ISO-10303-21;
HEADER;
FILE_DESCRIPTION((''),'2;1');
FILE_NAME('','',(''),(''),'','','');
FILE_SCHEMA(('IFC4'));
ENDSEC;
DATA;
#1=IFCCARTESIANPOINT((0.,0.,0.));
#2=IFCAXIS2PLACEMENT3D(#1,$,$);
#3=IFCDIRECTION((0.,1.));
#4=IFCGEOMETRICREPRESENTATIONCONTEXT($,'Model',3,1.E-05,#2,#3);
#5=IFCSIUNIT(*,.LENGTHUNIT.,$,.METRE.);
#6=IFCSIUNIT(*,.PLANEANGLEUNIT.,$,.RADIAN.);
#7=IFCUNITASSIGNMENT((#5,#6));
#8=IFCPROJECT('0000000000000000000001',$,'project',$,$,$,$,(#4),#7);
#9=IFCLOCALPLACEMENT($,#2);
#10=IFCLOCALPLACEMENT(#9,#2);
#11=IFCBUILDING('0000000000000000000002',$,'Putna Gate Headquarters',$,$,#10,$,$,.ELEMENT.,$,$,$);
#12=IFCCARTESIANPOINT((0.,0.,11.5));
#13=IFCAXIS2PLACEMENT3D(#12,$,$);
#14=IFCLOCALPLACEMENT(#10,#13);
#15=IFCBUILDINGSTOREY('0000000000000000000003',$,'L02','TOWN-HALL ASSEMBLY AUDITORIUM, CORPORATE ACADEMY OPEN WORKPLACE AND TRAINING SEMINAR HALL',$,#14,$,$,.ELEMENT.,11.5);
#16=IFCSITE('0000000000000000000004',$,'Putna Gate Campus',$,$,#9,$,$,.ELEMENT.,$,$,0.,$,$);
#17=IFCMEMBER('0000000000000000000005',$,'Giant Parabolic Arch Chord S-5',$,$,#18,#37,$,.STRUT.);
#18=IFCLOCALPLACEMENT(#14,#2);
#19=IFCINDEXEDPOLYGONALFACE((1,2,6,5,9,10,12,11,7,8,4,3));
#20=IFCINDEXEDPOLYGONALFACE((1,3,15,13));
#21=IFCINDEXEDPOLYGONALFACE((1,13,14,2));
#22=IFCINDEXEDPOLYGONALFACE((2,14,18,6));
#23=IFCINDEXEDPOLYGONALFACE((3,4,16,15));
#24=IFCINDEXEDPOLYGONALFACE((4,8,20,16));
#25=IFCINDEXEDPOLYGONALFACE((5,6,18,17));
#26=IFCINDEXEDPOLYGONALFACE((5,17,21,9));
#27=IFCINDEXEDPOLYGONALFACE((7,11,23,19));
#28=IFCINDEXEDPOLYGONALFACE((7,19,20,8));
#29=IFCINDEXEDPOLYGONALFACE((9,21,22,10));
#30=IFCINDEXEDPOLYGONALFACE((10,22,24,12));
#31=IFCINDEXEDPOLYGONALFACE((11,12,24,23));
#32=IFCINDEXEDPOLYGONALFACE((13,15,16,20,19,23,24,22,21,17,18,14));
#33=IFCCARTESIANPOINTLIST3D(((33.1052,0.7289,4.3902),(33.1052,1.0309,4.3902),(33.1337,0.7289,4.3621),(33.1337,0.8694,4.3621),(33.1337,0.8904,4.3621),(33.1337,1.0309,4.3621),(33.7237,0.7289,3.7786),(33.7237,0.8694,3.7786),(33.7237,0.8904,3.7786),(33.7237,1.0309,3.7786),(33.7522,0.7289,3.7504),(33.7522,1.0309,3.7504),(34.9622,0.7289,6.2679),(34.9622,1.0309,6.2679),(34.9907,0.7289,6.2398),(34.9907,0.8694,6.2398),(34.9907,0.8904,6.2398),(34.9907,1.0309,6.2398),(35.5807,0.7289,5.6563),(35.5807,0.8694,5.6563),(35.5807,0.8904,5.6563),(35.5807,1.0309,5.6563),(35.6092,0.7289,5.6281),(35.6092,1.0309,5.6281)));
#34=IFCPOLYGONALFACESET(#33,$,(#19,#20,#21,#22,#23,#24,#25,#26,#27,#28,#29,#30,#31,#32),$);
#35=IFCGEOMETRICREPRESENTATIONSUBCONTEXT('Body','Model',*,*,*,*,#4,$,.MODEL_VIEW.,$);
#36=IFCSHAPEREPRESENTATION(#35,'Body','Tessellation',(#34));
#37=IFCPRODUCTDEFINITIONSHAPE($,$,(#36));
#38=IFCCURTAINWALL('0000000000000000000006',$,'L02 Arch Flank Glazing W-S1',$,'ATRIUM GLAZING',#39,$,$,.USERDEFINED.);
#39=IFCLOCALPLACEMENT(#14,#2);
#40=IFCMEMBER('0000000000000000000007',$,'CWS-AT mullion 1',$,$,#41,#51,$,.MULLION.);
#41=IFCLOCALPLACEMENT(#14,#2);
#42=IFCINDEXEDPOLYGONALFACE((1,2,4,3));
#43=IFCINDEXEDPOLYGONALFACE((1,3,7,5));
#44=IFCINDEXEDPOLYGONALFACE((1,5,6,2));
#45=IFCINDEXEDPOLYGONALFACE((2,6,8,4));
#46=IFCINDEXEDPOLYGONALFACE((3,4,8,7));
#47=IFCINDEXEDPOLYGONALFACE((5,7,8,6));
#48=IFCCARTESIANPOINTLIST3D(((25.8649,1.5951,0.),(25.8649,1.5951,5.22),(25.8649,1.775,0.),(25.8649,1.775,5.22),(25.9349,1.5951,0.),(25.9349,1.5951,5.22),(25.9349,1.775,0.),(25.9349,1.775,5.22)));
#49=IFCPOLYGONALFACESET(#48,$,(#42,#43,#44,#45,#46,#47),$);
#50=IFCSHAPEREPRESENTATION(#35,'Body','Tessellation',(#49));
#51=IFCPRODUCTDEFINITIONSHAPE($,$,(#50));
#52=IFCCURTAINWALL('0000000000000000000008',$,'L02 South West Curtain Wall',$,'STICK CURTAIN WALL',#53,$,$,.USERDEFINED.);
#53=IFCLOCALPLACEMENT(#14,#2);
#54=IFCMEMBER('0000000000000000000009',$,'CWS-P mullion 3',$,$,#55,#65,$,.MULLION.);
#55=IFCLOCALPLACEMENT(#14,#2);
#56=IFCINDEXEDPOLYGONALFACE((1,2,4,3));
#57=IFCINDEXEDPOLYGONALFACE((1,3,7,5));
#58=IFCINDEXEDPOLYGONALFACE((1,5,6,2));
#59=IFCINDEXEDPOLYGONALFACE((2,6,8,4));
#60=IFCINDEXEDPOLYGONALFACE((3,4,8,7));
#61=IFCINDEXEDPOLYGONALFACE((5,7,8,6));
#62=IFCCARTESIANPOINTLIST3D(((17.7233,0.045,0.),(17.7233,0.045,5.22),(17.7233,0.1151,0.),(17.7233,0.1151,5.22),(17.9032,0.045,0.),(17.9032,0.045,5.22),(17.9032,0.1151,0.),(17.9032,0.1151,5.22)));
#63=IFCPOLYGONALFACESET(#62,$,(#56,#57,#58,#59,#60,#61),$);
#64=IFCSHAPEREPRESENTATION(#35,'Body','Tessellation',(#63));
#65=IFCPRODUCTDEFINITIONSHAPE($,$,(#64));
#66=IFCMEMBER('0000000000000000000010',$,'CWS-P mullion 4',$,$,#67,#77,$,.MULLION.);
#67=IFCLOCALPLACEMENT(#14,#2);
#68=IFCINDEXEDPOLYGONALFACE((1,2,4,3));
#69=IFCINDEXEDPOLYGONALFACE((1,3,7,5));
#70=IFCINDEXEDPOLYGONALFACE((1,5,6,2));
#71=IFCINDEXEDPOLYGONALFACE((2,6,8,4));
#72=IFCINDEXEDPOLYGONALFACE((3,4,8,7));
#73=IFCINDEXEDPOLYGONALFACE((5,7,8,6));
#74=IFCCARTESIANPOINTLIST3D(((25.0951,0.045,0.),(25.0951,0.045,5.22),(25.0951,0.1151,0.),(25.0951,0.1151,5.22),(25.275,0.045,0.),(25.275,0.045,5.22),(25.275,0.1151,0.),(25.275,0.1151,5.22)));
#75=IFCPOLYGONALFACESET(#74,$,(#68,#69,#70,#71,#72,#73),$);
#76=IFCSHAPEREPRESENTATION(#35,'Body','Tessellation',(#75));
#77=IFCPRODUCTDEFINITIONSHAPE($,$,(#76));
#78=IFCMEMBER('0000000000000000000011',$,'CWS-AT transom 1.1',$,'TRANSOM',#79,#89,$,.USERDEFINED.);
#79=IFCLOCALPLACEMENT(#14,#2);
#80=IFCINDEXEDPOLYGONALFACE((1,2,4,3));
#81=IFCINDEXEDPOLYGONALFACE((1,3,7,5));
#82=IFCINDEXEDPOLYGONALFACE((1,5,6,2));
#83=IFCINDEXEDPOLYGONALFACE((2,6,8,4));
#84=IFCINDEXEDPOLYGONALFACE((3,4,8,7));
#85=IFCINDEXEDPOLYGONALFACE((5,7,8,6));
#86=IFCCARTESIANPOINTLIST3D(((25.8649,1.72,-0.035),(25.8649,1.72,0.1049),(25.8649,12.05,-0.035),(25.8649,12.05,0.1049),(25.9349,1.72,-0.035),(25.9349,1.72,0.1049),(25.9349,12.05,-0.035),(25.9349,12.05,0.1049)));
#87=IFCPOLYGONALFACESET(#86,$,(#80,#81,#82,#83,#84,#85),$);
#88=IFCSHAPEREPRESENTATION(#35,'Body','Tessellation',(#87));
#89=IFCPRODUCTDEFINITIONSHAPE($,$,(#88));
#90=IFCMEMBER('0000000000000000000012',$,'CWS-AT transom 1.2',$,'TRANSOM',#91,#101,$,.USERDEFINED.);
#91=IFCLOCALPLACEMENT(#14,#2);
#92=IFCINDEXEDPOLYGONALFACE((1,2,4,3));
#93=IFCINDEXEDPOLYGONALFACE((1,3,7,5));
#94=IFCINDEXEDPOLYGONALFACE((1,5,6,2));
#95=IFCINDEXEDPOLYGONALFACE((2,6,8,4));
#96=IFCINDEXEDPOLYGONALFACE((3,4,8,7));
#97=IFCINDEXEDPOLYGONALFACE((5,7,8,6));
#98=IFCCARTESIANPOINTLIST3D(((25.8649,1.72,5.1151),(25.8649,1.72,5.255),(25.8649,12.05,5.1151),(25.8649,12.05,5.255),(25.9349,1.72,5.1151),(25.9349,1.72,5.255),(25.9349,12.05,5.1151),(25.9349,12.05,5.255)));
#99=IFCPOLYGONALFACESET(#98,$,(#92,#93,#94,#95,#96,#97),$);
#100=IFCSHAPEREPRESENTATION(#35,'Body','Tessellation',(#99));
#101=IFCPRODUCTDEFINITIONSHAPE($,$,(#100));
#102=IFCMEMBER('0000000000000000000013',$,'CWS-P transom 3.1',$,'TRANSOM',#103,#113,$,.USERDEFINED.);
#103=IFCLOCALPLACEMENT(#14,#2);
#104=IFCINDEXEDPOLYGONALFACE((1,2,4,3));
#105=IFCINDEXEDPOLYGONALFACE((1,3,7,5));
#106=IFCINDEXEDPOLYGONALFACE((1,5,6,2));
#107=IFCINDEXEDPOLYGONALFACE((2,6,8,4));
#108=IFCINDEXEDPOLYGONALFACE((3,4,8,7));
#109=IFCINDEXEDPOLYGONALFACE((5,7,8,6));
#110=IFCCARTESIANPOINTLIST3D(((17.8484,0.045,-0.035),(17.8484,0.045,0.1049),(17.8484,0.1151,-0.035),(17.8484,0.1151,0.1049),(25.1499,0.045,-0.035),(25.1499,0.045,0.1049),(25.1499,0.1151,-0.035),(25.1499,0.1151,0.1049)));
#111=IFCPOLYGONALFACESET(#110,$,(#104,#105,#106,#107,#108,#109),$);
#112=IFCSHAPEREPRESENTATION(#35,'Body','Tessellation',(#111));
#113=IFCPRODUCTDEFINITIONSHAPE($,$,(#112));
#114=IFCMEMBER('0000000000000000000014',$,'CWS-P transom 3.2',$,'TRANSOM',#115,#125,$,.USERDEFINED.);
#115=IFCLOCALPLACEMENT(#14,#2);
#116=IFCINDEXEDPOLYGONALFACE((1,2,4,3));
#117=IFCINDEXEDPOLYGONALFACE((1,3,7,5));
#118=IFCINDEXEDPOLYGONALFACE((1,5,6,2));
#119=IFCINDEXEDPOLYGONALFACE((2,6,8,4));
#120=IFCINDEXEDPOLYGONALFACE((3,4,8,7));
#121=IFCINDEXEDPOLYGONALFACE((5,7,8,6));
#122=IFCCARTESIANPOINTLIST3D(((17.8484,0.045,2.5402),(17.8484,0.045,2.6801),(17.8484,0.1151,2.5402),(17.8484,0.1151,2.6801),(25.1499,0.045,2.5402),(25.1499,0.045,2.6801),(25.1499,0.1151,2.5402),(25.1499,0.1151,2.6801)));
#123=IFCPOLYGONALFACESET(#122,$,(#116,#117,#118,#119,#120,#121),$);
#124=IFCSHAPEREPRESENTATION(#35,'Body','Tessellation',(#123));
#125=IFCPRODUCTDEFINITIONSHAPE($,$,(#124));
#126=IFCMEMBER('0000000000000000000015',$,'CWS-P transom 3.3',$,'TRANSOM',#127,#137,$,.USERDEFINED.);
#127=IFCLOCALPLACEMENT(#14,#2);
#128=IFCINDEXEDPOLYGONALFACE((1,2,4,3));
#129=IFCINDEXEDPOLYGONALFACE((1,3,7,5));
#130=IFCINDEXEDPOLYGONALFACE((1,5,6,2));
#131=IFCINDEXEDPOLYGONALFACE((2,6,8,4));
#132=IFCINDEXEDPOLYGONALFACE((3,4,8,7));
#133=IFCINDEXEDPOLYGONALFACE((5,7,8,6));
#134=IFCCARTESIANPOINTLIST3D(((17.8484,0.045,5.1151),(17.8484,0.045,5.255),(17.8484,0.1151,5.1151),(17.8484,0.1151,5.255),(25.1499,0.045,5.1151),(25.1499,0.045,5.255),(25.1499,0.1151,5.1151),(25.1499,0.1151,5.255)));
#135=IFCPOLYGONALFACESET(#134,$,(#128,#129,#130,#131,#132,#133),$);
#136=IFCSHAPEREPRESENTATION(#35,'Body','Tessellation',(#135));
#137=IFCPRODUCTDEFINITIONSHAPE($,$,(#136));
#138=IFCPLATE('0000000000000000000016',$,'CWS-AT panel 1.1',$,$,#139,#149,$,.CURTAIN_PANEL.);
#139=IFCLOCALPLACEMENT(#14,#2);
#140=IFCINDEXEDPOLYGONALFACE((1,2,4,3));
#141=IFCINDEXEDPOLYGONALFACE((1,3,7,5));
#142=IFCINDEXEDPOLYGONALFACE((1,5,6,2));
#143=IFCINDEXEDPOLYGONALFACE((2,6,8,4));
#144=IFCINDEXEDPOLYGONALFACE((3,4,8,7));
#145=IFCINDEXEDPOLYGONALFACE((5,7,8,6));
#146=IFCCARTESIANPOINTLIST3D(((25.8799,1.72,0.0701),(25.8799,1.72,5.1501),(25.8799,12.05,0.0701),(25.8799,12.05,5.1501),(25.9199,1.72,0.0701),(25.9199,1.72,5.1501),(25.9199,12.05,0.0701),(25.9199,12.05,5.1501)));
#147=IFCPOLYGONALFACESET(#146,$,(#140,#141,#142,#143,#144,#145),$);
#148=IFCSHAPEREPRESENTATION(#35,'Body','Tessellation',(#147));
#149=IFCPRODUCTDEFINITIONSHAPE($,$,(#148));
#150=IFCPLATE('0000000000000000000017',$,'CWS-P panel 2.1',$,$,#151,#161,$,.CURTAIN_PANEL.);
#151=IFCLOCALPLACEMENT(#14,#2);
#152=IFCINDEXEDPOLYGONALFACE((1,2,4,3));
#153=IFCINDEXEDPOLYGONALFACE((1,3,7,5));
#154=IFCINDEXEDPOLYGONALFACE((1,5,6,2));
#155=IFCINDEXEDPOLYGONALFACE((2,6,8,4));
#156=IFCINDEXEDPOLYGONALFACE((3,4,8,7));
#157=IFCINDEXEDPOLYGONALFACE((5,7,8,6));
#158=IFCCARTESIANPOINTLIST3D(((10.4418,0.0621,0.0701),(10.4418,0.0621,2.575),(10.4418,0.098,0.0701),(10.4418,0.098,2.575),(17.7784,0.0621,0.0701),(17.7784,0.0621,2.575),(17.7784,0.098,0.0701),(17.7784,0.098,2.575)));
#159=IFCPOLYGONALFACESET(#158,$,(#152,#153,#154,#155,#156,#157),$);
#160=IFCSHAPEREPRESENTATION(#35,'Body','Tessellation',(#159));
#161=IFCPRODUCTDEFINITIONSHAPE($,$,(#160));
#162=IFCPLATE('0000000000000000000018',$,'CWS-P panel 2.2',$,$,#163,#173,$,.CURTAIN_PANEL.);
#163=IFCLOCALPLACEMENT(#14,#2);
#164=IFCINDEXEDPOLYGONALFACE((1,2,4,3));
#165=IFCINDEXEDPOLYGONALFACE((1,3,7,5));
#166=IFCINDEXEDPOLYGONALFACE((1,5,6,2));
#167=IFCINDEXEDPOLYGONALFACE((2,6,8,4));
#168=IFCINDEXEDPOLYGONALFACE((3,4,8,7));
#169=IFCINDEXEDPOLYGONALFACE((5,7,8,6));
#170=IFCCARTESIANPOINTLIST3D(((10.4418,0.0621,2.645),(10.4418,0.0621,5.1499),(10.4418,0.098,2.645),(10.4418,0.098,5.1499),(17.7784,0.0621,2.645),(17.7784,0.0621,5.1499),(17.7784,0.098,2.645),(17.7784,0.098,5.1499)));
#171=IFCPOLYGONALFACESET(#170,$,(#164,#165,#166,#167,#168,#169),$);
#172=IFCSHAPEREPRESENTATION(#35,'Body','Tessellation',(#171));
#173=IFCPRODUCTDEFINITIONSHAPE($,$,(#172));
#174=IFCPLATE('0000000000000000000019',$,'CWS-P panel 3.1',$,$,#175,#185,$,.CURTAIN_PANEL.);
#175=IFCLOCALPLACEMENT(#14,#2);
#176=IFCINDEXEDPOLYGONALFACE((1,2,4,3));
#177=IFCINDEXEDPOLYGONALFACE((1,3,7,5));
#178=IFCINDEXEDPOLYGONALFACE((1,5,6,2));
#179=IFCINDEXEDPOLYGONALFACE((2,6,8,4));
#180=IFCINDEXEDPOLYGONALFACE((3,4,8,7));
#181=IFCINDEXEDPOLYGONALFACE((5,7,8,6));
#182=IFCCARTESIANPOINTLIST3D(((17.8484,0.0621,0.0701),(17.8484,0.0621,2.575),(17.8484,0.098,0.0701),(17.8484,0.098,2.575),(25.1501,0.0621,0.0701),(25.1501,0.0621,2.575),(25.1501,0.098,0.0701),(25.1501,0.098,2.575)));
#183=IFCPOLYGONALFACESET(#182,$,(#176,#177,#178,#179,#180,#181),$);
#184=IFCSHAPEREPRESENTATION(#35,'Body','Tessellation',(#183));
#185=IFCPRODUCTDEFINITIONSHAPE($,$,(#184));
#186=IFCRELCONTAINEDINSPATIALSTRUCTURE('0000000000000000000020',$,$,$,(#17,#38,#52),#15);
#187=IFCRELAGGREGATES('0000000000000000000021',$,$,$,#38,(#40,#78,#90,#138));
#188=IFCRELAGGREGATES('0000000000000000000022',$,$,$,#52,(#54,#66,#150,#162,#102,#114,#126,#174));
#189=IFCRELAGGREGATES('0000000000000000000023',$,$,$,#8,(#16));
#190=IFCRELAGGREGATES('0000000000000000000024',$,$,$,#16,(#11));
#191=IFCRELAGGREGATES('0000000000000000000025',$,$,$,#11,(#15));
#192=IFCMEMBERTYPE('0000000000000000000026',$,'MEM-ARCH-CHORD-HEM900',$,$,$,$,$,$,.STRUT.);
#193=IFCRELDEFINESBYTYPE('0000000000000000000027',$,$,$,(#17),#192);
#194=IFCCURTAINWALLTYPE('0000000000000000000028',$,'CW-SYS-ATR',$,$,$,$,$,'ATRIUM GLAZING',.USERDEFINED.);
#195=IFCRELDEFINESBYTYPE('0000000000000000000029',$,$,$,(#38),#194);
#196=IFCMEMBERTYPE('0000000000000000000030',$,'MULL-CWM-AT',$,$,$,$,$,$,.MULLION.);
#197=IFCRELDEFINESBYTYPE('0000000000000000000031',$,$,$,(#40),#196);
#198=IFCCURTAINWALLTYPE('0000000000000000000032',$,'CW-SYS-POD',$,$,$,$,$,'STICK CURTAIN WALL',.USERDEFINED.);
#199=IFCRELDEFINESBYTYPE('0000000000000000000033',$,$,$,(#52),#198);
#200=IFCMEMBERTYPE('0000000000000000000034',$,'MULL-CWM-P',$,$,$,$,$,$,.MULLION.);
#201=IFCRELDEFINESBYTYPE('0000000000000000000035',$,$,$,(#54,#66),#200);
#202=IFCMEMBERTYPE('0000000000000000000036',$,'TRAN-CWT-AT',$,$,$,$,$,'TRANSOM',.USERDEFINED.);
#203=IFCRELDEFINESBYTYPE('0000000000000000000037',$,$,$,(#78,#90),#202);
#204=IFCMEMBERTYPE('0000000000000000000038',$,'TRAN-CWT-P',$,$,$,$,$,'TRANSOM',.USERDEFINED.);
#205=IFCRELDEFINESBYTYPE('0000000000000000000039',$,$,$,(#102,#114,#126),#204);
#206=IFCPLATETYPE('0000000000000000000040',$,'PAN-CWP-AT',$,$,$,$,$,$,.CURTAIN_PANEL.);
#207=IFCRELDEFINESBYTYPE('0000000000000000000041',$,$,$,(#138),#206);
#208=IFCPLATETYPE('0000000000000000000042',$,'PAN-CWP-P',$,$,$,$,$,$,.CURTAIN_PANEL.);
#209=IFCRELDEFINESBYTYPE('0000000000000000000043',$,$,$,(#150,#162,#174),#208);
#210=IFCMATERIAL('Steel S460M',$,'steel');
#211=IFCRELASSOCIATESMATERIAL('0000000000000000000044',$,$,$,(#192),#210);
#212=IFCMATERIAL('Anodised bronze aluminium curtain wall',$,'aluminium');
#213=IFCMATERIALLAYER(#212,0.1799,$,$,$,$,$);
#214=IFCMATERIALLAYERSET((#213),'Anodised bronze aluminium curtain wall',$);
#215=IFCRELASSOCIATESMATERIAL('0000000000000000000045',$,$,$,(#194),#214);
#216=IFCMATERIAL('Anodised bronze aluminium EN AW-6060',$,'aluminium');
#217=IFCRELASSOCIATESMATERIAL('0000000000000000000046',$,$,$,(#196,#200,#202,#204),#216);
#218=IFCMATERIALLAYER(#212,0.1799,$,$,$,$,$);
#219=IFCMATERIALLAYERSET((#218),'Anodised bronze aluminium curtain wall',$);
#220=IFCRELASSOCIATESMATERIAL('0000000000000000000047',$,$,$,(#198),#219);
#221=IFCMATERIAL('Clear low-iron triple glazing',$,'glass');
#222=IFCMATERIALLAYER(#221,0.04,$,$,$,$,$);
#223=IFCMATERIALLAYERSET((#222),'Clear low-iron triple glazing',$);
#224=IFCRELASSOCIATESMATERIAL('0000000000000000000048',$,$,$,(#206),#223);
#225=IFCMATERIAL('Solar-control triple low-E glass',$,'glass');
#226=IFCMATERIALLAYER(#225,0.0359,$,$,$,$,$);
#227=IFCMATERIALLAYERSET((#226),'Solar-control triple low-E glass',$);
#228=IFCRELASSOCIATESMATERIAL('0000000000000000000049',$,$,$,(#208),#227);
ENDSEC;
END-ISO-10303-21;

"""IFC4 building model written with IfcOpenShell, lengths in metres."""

from ifc_helpers import new_model, si_unit, direction, frame, origin, origin_2d, place, context, subcontext, project, spatial, rectangle, i_section, extrude, material, layer, layer_set, material_profile, profile_set, type_object, element, aggregate, save


model = new_model("IFC4")

# Units and contexts
model_context = context("Model", 3, precision=1e-05, world=origin(), true_north=direction((0.0, 1.0)))
body_context = subcontext(model_context, "Body", "Model", "MODEL_VIEW")
ifc_project = project(units=[si_unit("LENGTHUNIT", "METRE"), si_unit("PLANEANGLEUNIT", "RADIAN")], contexts=[model_context])

# Site, building, storey
site_placement = place(None, origin())
site = spatial("IfcSite", under=ifc_project, at=site_placement, Name="Putna Gate Campus", CompositionType="ELEMENT", RefElevation=0.0)
building_placement = place(site_placement, origin())
building = spatial("IfcBuilding", under=site, at=building_placement, Name="Putna Gate Headquarters", CompositionType="ELEMENT")
storey_placement = place(building_placement, frame((0.0, 0.0, 11.5)))
storey = spatial("IfcBuildingStorey", under=building, at=storey_placement, Name="L02", Description="TOWN-HALL ASSEMBLY AUDITORIUM, CORPORATE ACADEMY OPEN WORKPLACE AND TRAINING SEMINAR HALL", CompositionType="ELEMENT", Elevation=11.5)

# Member
ifc_material_1 = material(Name="Steel S460M", Category="steel")
ifc_material_profile_1 = material_profile(ifc_material_1, i_section(OverallWidth=0.302, OverallDepth=0.9099, WebThickness=0.021, FlangeThickness=0.04, at=origin_2d()), Name="Steel S460M")
ifc_profile_set_1 = profile_set([ifc_material_profile_1], Name="Steel S460M")
member_type_1 = type_object("IfcMemberType", Name="MEM-ARCH-CHORD-HEM900", PredefinedType="STRUT", material=ifc_profile_set_1)
member_1_placement = place(storey_placement, frame((33.4287, 0.8799, 4.0703), z_axis=(0.703167, 0.0, 0.711025), x_axis=(0.0, 1.0, 0.0)))
element("IfcMember", 1, at=member_1_placement, inside=storey, type_object=member_type_1, Name="Giant Parabolic Arch Chord S-5", PredefinedType="STRUT", context=body_context, shape_type="SweptSolid", body=[
    extrude(i_section(OverallWidth=0.302, OverallDepth=0.9099, WebThickness=0.021, FlangeThickness=0.04, at=origin_2d()), origin(), (0.0, 0.0, 1.0), 2.6409),
])

# Curtain wall, member
ifc_material_2 = material(Name="Anodised bronze aluminium curtain wall", Category="aluminium")
ifc_layer_1 = layer(ifc_material_2, 0.1799)
ifc_layer_set_1 = layer_set([ifc_layer_1], Name="Anodised bronze aluminium curtain wall")
curtain_wall_type_1 = type_object("IfcCurtainWallType", Name="CW-SYS-ATR", ElementType="ATRIUM GLAZING", PredefinedType="USERDEFINED", material=ifc_layer_set_1)
curtain_wall_1_placement = place(storey_placement, origin())
curtain_wall_1 = element("IfcCurtainWall", 2, at=curtain_wall_1_placement, inside=storey, type_object=curtain_wall_type_1, Name="L02 Arch Flank Glazing W-S1", ObjectType="ATRIUM GLAZING", PredefinedType="USERDEFINED")
ifc_material_3 = material(Name="Anodised bronze aluminium EN AW-6060", Category="aluminium")
ifc_material_profile_2 = material_profile(ifc_material_3, rectangle(XDim=0.0701, YDim=0.1799, at=origin_2d()), Name="Anodised bronze aluminium EN AW-6060")
ifc_profile_set_2 = profile_set([ifc_material_profile_2], Name="Anodised bronze aluminium EN AW-6060")
member_type_2 = type_object("IfcMemberType", Name="MULL-CWM-AT", PredefinedType="MULLION", material=ifc_profile_set_2)
member_2_placement = place(storey_placement, frame((25.8999, 1.6851, 0.0), z_axis=(0.0, 0.0, 1.0), x_axis=(-1.0, 0.0, 0.0)))
member_2 = element("IfcMember", 3, at=member_2_placement, type_object=member_type_2, Name="CWS-AT mullion 1", PredefinedType="MULLION", context=body_context, shape_type="SweptSolid", body=[
    extrude(rectangle(XDim=0.0701, YDim=0.1799, at=origin_2d()), origin(), (0.0, 0.0, 1.0), 5.22),
])

# Curtain wall, members
ifc_layer_2 = layer(ifc_material_2, 0.1799)
ifc_layer_set_2 = layer_set([ifc_layer_2], Name="Anodised bronze aluminium curtain wall")
curtain_wall_type_2 = type_object("IfcCurtainWallType", Name="CW-SYS-POD", ElementType="STICK CURTAIN WALL", PredefinedType="USERDEFINED", material=ifc_layer_set_2)
curtain_wall_2_placement = place(storey_placement, origin())
curtain_wall_2 = element("IfcCurtainWall", 4, at=curtain_wall_2_placement, inside=storey, type_object=curtain_wall_type_2, Name="L02 South West Curtain Wall", ObjectType="STICK CURTAIN WALL", PredefinedType="USERDEFINED")
ifc_material_profile_3 = material_profile(ifc_material_3, rectangle(XDim=0.0701, YDim=0.1799, at=origin_2d()), Name="Anodised bronze aluminium EN AW-6060")
ifc_profile_set_3 = profile_set([ifc_material_profile_3], Name="Anodised bronze aluminium EN AW-6060")
member_type_3 = type_object("IfcMemberType", Name="MULL-CWM-P", PredefinedType="MULLION", material=ifc_profile_set_3)
member_3_placement = place(storey_placement, frame((17.8132, 0.0801, 0.0), z_axis=(0.0, 0.0, 1.0), x_axis=(0.0, 1.0, 0.0)))
member_3 = element("IfcMember", 5, at=member_3_placement, type_object=member_type_3, Name="CWS-P mullion 3", PredefinedType="MULLION", context=body_context, shape_type="SweptSolid", body=[
    extrude(rectangle(XDim=0.0701, YDim=0.1799, at=origin_2d()), origin(), (0.0, 0.0, 1.0), 5.22),
])
member_4_placement = place(storey_placement, frame((25.1851, 0.0801, 0.0), z_axis=(0.0, 0.0, 1.0), x_axis=(0.0, 1.0, 0.0)))
member_4 = element("IfcMember", 6, at=member_4_placement, type_object=member_type_3, Name="CWS-P mullion 4", PredefinedType="MULLION", context=body_context, shape_type="SweptSolid", body=[
    extrude(rectangle(XDim=0.0701, YDim=0.1799, at=origin_2d()), origin(), (0.0, 0.0, 1.0), 5.22),
])

# Members
ifc_material_profile_4 = material_profile(ifc_material_3, rectangle(XDim=0.0701, YDim=0.1399, at=origin_2d()), Name="Anodised bronze aluminium EN AW-6060")
ifc_profile_set_4 = profile_set([ifc_material_profile_4], Name="Anodised bronze aluminium EN AW-6060")
member_type_4 = type_object("IfcMemberType", Name="TRAN-CWT-AT", ElementType="TRANSOM", PredefinedType="USERDEFINED", material=ifc_profile_set_4)
member_5_placement = place(storey_placement, frame((25.8999, 1.72, 0.0349), z_axis=(0.0, 1.0, 0.0), x_axis=(-1.0, 0.0, 0.0)))
member_5 = element("IfcMember", 7, at=member_5_placement, type_object=member_type_4, Name="CWS-AT transom 1.1", ObjectType="TRANSOM", PredefinedType="USERDEFINED", context=body_context, shape_type="SweptSolid", body=[
    extrude(rectangle(XDim=0.0701, YDim=0.1399, at=origin_2d()), origin(), (0.0, 0.0, 1.0), 10.3301),
])
member_6_placement = place(storey_placement, frame((25.8999, 1.72, 5.1851), z_axis=(0.0, 1.0, 0.0), x_axis=(-1.0, 0.0, 0.0)))
member_6 = element("IfcMember", 8, at=member_6_placement, type_object=member_type_4, Name="CWS-AT transom 1.2", ObjectType="TRANSOM", PredefinedType="USERDEFINED", context=body_context, shape_type="SweptSolid", body=[
    extrude(rectangle(XDim=0.0701, YDim=0.1399, at=origin_2d()), origin(), (0.0, 0.0, 1.0), 10.3301),
])
ifc_material_profile_5 = material_profile(ifc_material_3, rectangle(XDim=0.0701, YDim=0.1399, at=origin_2d()), Name="Anodised bronze aluminium EN AW-6060")
ifc_profile_set_5 = profile_set([ifc_material_profile_5], Name="Anodised bronze aluminium EN AW-6060")
member_type_5 = type_object("IfcMemberType", Name="TRAN-CWT-P", ElementType="TRANSOM", PredefinedType="USERDEFINED", material=ifc_profile_set_5)
member_7_placement = place(storey_placement, frame((17.8484, 0.0801, 0.0349), z_axis=(1.0, 0.0, 0.0), x_axis=(0.0, 1.0, 0.0)))
member_7 = element("IfcMember", 9, at=member_7_placement, type_object=member_type_5, Name="CWS-P transom 3.1", ObjectType="TRANSOM", PredefinedType="USERDEFINED", context=body_context, shape_type="SweptSolid", body=[
    extrude(rectangle(XDim=0.0701, YDim=0.1399, at=origin_2d()), origin(), (0.0, 0.0, 1.0), 7.3015),
])
member_8_placement = place(storey_placement, frame((17.8484, 0.0801, 2.6101), z_axis=(1.0, 0.0, 0.0), x_axis=(0.0, 1.0, 0.0)))
member_8 = element("IfcMember", 10, at=member_8_placement, type_object=member_type_5, Name="CWS-P transom 3.2", ObjectType="TRANSOM", PredefinedType="USERDEFINED", context=body_context, shape_type="SweptSolid", body=[
    extrude(rectangle(XDim=0.0701, YDim=0.1399, at=origin_2d()), origin(), (0.0, 0.0, 1.0), 7.3015),
])
member_9_placement = place(storey_placement, frame((17.8484, 0.0801, 5.1851), z_axis=(1.0, 0.0, 0.0), x_axis=(0.0, 1.0, 0.0)))
member_9 = element("IfcMember", 11, at=member_9_placement, type_object=member_type_5, Name="CWS-P transom 3.3", ObjectType="TRANSOM", PredefinedType="USERDEFINED", context=body_context, shape_type="SweptSolid", body=[
    extrude(rectangle(XDim=0.0701, YDim=0.1399, at=origin_2d()), origin(), (0.0, 0.0, 1.0), 7.3015),
])

# Plates
ifc_material_4 = material(Name="Clear low-iron triple glazing", Category="glass")
ifc_layer_3 = layer(ifc_material_4, 0.04)
ifc_layer_set_3 = layer_set([ifc_layer_3], Name="Clear low-iron triple glazing")
plate_type_1 = type_object("IfcPlateType", Name="PAN-CWP-AT", PredefinedType="CURTAIN_PANEL", material=ifc_layer_set_3)
plate_1_placement = place(storey_placement, frame((25.8999, 6.885, 0.0701), z_axis=(0.0, 0.0, 1.0), x_axis=(0.0, 1.0, 0.0)))
plate_1 = element("IfcPlate", 12, at=plate_1_placement, type_object=plate_type_1, Name="CWS-AT panel 1.1", PredefinedType="CURTAIN_PANEL", context=body_context, shape_type="SweptSolid", body=[
    extrude(rectangle(XDim=10.3301, YDim=0.04, at=origin_2d()), origin(), (0.0, 0.0, 1.0), 5.0801),
])
aggregate(curtain_wall_1, [member_2, member_5, member_6, plate_1])
ifc_material_5 = material(Name="Solar-control triple low-E glass", Category="glass")
ifc_layer_4 = layer(ifc_material_5, 0.0359)
ifc_layer_set_4 = layer_set([ifc_layer_4], Name="Solar-control triple low-E glass")
plate_type_2 = type_object("IfcPlateType", Name="PAN-CWP-P", PredefinedType="CURTAIN_PANEL", material=ifc_layer_set_4)
plate_2_placement = place(storey_placement, frame((14.1101, 0.0801, 0.0701), z_axis=(0.0, 0.0, 1.0), x_axis=(1.0, 0.0, 0.0)))
plate_2 = element("IfcPlate", 13, at=plate_2_placement, type_object=plate_type_2, Name="CWS-P panel 2.1", PredefinedType="CURTAIN_PANEL", context=body_context, shape_type="SweptSolid", body=[
    extrude(rectangle(XDim=7.3367, YDim=0.0359, at=origin_2d()), origin(), (0.0, 0.0, 1.0), 2.5049),
])
plate_3_placement = place(storey_placement, frame((14.1101, 0.0801, 2.645), z_axis=(0.0, 0.0, 1.0), x_axis=(1.0, 0.0, 0.0)))
plate_3 = element("IfcPlate", 14, at=plate_3_placement, type_object=plate_type_2, Name="CWS-P panel 2.2", PredefinedType="CURTAIN_PANEL", context=body_context, shape_type="SweptSolid", body=[
    extrude(rectangle(XDim=7.3367, YDim=0.0359, at=origin_2d()), origin(), (0.0, 0.0, 1.0), 2.5049),
])
plate_4_placement = place(storey_placement, frame((21.4993, 0.0801, 0.0701), z_axis=(0.0, 0.0, 1.0), x_axis=(1.0, 0.0, 0.0)))
plate_4 = element("IfcPlate", 15, at=plate_4_placement, type_object=plate_type_2, Name="CWS-P panel 3.1", PredefinedType="CURTAIN_PANEL", context=body_context, shape_type="SweptSolid", body=[
    extrude(rectangle(XDim=7.3018, YDim=0.0359, at=origin_2d()), origin(), (0.0, 0.0, 1.0), 2.5049),
])
aggregate(curtain_wall_2, [member_3, member_4, plate_2, plate_3, member_7, member_8, member_9, plate_4])

save(model, "model.ifc")
